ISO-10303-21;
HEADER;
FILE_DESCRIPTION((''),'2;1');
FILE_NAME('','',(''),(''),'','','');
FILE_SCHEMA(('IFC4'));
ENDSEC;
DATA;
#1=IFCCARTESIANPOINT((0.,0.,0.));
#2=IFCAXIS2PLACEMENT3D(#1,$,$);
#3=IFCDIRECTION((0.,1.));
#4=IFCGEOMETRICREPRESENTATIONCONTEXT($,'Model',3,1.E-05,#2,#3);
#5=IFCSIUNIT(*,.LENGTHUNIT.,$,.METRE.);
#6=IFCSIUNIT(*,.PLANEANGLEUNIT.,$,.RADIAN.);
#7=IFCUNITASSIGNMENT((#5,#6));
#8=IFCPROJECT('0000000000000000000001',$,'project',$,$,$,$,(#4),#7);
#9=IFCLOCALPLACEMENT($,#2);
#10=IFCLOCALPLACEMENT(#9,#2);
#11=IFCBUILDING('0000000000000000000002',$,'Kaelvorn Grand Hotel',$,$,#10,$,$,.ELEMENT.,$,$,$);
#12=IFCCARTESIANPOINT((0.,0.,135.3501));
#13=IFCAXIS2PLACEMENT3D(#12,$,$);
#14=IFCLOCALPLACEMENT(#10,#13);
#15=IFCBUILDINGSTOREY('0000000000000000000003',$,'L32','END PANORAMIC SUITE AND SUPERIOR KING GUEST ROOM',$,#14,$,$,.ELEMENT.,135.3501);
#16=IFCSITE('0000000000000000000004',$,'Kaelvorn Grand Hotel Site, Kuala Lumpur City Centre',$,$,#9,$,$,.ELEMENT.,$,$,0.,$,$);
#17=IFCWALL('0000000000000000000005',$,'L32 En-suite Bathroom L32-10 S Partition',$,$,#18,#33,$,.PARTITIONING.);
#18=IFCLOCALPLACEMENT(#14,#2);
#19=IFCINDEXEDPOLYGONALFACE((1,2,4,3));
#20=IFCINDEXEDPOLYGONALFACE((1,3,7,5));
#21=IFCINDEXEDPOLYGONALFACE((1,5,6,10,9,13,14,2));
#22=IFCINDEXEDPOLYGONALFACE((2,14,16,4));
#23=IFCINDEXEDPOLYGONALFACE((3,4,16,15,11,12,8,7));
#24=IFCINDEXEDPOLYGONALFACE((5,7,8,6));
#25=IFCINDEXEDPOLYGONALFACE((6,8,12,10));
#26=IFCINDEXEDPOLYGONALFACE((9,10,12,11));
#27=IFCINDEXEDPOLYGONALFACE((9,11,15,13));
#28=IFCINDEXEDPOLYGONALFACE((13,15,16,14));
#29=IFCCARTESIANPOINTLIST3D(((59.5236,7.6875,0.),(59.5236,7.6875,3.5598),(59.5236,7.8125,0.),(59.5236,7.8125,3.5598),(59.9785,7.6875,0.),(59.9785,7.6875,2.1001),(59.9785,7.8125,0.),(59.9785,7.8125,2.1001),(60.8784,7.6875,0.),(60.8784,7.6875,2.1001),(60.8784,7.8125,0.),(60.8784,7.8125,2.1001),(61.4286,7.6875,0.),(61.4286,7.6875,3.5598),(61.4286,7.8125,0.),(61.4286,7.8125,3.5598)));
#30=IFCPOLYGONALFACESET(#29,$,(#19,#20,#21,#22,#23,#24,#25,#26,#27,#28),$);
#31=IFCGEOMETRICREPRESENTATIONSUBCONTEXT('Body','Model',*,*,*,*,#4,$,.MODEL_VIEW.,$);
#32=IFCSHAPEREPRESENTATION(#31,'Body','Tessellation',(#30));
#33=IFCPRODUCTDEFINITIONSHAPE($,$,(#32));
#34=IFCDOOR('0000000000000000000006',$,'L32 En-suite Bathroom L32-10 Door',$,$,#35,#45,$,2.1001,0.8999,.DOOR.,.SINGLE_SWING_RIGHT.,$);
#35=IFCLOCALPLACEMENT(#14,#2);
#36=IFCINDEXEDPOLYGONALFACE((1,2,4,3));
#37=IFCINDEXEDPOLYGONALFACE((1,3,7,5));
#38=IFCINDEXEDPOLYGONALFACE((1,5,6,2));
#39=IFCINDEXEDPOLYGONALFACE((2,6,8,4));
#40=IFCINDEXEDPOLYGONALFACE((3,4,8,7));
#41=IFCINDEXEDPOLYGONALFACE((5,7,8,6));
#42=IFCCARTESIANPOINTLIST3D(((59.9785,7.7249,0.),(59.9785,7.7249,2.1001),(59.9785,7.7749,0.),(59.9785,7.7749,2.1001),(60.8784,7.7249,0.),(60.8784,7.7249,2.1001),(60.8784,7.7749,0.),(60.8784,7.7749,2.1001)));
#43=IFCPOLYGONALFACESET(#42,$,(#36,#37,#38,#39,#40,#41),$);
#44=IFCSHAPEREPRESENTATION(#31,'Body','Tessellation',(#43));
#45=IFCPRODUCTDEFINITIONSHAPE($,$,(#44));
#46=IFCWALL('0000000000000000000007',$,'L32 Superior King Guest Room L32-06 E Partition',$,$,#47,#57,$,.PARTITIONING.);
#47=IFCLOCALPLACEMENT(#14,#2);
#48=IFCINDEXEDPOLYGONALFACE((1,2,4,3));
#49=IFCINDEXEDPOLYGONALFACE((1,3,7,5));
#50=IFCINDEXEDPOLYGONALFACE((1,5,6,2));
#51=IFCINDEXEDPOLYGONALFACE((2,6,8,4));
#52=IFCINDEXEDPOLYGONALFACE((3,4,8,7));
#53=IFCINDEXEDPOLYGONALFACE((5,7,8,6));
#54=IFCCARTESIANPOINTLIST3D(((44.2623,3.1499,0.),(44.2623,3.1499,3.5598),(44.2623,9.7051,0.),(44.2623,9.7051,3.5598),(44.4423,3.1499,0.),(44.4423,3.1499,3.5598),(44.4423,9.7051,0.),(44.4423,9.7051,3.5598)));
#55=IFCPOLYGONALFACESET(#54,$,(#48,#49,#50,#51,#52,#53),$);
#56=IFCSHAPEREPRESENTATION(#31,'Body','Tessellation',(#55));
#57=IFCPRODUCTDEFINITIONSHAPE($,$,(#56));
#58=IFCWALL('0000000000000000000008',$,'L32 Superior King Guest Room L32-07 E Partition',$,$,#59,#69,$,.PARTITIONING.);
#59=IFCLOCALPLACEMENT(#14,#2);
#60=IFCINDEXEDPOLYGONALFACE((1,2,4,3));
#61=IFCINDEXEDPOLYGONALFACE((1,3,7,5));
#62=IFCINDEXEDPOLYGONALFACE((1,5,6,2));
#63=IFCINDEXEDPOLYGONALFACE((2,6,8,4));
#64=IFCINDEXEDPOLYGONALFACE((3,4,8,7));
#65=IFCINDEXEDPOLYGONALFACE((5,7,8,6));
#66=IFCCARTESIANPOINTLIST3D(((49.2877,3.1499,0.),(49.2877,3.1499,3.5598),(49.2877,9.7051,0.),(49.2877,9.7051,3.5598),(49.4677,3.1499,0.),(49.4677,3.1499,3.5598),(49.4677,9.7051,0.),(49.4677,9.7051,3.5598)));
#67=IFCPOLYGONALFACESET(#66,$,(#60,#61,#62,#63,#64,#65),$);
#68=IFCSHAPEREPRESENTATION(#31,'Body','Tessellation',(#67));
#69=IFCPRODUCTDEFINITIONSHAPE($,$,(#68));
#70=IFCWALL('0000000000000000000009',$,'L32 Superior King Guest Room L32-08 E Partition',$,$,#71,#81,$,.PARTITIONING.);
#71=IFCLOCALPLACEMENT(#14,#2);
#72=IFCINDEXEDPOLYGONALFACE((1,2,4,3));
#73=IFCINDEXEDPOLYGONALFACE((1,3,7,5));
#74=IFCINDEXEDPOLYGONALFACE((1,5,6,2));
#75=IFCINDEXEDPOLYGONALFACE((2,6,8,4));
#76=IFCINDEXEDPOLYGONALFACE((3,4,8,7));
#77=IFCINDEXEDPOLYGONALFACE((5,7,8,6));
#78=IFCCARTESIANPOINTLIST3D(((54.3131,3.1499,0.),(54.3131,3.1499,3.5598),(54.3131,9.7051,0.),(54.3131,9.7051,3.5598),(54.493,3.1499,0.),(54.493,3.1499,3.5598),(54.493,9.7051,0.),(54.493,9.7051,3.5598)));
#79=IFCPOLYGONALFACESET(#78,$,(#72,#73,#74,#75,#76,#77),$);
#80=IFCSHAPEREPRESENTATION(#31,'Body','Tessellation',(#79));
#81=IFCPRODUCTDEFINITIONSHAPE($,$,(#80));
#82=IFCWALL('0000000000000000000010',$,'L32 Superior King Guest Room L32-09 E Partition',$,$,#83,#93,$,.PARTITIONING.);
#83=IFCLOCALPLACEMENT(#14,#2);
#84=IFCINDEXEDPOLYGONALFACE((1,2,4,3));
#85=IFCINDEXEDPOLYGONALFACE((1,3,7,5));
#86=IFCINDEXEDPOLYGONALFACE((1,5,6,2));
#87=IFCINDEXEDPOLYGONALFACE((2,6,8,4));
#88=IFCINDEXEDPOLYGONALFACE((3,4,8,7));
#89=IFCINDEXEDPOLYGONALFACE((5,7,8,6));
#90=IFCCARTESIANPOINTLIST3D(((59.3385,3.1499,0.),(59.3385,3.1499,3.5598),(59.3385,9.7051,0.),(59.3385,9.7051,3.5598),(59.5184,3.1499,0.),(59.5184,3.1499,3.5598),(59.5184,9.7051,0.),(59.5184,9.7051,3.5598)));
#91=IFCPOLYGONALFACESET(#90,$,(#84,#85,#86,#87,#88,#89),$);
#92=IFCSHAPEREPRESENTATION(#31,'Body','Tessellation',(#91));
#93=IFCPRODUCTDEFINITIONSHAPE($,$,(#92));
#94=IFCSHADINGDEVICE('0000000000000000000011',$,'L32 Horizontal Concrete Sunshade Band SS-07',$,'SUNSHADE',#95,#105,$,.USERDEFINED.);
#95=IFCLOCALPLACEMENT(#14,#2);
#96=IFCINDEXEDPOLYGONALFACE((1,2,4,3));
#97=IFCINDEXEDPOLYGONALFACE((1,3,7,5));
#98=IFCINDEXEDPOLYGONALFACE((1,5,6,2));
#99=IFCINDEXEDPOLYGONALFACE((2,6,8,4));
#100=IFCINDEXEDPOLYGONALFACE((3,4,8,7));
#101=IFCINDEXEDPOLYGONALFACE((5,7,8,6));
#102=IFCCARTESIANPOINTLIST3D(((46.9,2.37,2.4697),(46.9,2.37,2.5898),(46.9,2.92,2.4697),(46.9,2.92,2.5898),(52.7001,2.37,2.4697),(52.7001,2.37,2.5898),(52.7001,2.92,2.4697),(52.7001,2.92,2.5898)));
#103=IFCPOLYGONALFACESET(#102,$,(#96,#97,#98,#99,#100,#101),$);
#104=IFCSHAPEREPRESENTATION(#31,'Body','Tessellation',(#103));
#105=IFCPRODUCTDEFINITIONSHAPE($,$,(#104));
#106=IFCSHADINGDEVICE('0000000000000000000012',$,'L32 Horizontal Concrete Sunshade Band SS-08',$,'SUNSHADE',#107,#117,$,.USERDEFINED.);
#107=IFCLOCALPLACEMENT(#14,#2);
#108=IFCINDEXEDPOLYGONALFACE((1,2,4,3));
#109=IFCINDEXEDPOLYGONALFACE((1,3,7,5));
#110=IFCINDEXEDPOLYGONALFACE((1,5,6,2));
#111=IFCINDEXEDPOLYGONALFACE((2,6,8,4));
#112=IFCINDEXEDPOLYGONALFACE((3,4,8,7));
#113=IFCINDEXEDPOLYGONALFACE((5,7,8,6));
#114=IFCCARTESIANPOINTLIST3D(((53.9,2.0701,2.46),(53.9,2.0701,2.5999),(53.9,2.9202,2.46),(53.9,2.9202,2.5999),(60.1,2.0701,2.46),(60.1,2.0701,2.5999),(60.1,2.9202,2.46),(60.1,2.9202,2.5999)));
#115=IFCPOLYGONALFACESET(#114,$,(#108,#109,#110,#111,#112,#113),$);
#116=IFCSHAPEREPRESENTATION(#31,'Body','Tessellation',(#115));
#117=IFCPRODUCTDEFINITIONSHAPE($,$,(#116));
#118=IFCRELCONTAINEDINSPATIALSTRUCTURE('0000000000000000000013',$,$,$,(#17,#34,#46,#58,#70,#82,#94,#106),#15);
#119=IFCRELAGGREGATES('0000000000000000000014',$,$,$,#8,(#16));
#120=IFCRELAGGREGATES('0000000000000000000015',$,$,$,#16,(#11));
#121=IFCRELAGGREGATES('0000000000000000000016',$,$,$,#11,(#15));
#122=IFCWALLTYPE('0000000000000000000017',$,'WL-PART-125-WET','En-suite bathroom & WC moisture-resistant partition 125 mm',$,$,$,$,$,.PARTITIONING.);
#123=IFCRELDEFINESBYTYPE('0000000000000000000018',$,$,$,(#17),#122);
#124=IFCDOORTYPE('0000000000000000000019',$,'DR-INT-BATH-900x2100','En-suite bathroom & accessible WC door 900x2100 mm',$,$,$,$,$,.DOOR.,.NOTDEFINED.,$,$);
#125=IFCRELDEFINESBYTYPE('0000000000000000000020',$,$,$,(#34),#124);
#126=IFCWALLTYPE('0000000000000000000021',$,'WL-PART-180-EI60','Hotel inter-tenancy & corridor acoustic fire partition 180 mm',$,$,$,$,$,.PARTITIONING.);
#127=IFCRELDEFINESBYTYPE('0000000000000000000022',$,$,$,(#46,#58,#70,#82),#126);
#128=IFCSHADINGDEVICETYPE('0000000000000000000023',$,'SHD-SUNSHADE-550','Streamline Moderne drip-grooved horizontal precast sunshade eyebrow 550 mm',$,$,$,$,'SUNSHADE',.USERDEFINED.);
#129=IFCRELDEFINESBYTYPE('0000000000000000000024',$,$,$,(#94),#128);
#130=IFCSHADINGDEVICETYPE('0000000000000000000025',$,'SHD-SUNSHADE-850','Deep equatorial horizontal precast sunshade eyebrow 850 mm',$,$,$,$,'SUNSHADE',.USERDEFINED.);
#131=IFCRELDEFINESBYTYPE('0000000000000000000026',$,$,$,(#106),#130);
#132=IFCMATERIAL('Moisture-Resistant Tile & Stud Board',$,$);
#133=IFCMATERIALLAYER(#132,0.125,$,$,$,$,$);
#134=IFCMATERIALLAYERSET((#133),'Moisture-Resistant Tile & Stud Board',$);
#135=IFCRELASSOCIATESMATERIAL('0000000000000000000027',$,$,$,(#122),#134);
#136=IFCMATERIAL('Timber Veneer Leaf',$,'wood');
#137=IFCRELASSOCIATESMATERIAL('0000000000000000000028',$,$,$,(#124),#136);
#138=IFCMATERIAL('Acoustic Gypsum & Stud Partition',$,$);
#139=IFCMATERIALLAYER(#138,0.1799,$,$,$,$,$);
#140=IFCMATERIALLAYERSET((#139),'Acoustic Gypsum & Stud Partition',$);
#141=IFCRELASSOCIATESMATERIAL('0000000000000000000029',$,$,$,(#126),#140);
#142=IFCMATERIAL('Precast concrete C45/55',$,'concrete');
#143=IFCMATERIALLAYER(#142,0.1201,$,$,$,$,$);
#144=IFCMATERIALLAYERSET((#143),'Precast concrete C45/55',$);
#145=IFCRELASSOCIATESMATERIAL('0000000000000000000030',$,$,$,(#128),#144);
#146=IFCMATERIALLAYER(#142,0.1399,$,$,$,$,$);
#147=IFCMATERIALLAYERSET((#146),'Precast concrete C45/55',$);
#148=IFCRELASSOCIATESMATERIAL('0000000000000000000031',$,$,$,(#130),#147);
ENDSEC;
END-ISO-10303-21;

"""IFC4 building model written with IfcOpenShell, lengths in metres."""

from ifc_helpers import new_model, si_unit, direction, frame, frame_2d, origin, origin_2d, place, context, subcontext, project, spatial, rectangle, extrude, material, layer, layer_set, type_object, element, fill, save


model = new_model("IFC4")

# Units and contexts
model_context = context("Model", 3, precision=1e-05, world=origin(), true_north=direction((0.0, 1.0)))
body_context = subcontext(model_context, "Body", "Model", "MODEL_VIEW")
ifc_project = project(units=[si_unit("LENGTHUNIT", "METRE"), si_unit("PLANEANGLEUNIT", "RADIAN")], contexts=[model_context])

# Site, building, storey
site_placement = place(None, origin())
site = spatial("IfcSite", under=ifc_project, at=site_placement, Name="Kaelvorn Grand Hotel Site, Kuala Lumpur City Centre", CompositionType="ELEMENT", RefElevation=0.0)
building_placement = place(site_placement, origin())
building = spatial("IfcBuilding", under=site, at=building_placement, Name="Kaelvorn Grand Hotel", CompositionType="ELEMENT")
storey_placement = place(building_placement, frame((0.0, 0.0, 135.3501)))
storey = spatial("IfcBuildingStorey", under=building, at=storey_placement, Name="L32", Description="END PANORAMIC SUITE AND SUPERIOR KING GUEST ROOM", CompositionType="ELEMENT", Elevation=135.3501)

# Shared definitions
ifc_material_1 = material(Name="Moisture-Resistant Tile & Stud Board")
ifc_layer_1 = layer(ifc_material_1, 0.125)
ifc_layer_set_1 = layer_set([ifc_layer_1], Name="Moisture-Resistant Tile & Stud Board")
wall_type_1 = type_object("IfcWallType", Name="WL-PART-125-WET", Description="En-suite bathroom & WC moisture-resistant partition 125 mm", PredefinedType="PARTITIONING", material=ifc_layer_set_1)
ifc_material_2 = material(Name="Timber Veneer Leaf", Category="wood")
door_type = type_object("IfcDoorType", Name="DR-INT-BATH-900x2100", Description="En-suite bathroom & accessible WC door 900x2100 mm", OperationType="NOTDEFINED", PredefinedType="DOOR", material=ifc_material_2)

# Wall, opening, door
wall_1_placement = place(storey_placement, frame((59.5234, 7.75, 0.0), z_axis=(0.0, 0.0, 1.0), x_axis=(1.0, 0.0, 0.0)))
wall_1 = element("IfcWall", 1, at=wall_1_placement, inside=storey, type_object=wall_type_1, Name="L32 En-suite Bathroom L32-10 S Partition", PredefinedType="PARTITIONING", context=body_context, shape_type="SweptSolid", body=[
    extrude(rectangle(XDim=1.905, YDim=0.125, at=frame_2d((0.9526, 0.0))), origin(), (0.0, 0.0, 1.0), 3.5598),
])
opening_1_placement = place(wall_1_placement, frame((0.4551, 0.0, 0.0)))
opening_1 = element("IfcOpeningElement", 2, at=opening_1_placement, cuts=wall_1, PredefinedType="OPENING", context=body_context, shape_type="SweptSolid", body=[
    extrude(rectangle(XDim=0.8999, YDim=2.1001, at=frame_2d((0.45, 1.05))), frame((0.0, 0.0725, 0.0), z_axis=(0.0, -1.0, 0.0), x_axis=(1.0, 0.0, 0.0)), (0.0, 0.0, 1.0), 0.145),
])
door_1_placement = place(opening_1_placement, origin())
door_1 = element("IfcDoor", 3, at=door_1_placement, inside=storey, type_object=door_type, Name="L32 En-suite Bathroom L32-10 Door", OperationType="SINGLE_SWING_RIGHT", OverallHeight=2.1001, OverallWidth=0.8999, PredefinedType="DOOR", context=body_context, shape_type="SweptSolid", body=[
    extrude(rectangle(XDim=0.8999, YDim=2.1001, at=frame_2d((0.45, 1.05))), frame((0.0, 0.0249, 0.0), z_axis=(0.0, -1.0, 0.0), x_axis=(1.0, 0.0, 0.0)), (0.0, 0.0, 1.0), 0.05),
])
fill(opening_1, door_1)

# Walls
ifc_material_3 = material(Name="Acoustic Gypsum & Stud Partition")
ifc_layer_2 = layer(ifc_material_3, 0.1799)
ifc_layer_set_2 = layer_set([ifc_layer_2], Name="Acoustic Gypsum & Stud Partition")
wall_type_2 = type_object("IfcWallType", Name="WL-PART-180-EI60", Description="Hotel inter-tenancy & corridor acoustic fire partition 180 mm", PredefinedType="PARTITIONING", material=ifc_layer_set_2)
for number, where, z_axis, x_axis, name in (
    (4, (44.3523, 3.1499, 0.0), (0.0, 0.0, 1.0), (0.0, 1.0, 0.0), "L32 Superior King Guest Room L32-06 E Partition"),
    (5, (49.3777, 3.1499, 0.0), (0.0, 0.0, 1.0), (0.0, 1.0, 0.0), "L32 Superior King Guest Room L32-07 E Partition"),
    (6, (54.4031, 3.1499, 0.0), (0.0, 0.0, 1.0), (0.0, 1.0, 0.0), "L32 Superior King Guest Room L32-08 E Partition"),
    (7, (59.4285, 3.1499, 0.0), (0.0, 0.0, 1.0), (0.0, 1.0, 0.0), "L32 Superior King Guest Room L32-09 E Partition"),
):
    element("IfcWall", number, at=place(storey_placement, frame(where, z_axis=z_axis, x_axis=x_axis)), inside=storey, type_object=wall_type_2, Name=name, PredefinedType="PARTITIONING", context=body_context, shape_type="SweptSolid", body=[
        extrude(rectangle(XDim=6.5552, YDim=0.1799, at=frame_2d((3.2776, 0.0))), origin(), (0.0, 0.0, 1.0), 3.5598),
    ])

# Shading devices
ifc_material_4 = material(Name="Precast concrete C45/55", Category="concrete")
ifc_layer_3 = layer(ifc_material_4, 0.1201)
ifc_layer_set_3 = layer_set([ifc_layer_3], Name="Precast concrete C45/55")
shading_device_type_1 = type_object("IfcShadingDeviceType", Name="SHD-SUNSHADE-550", Description="Streamline Moderne drip-grooved horizontal precast sunshade eyebrow 550 mm", ElementType="SUNSHADE", PredefinedType="USERDEFINED", material=ifc_layer_set_3)
shading_device_1_placement = place(storey_placement, frame((49.8, 2.645, 2.4697), z_axis=(0.0, 0.0, 1.0), x_axis=(1.0, 0.0, 0.0)))
element("IfcShadingDevice", 8, at=shading_device_1_placement, inside=storey, type_object=shading_device_type_1, Name="L32 Horizontal Concrete Sunshade Band SS-07", ObjectType="SUNSHADE", PredefinedType="USERDEFINED", context=body_context, shape_type="SweptSolid", body=[
    extrude(rectangle(XDim=5.8, YDim=0.55, at=origin_2d()), origin(), (0.0, 0.0, 1.0), 0.1201),
])
ifc_layer_4 = layer(ifc_material_4, 0.1399)
ifc_layer_set_4 = layer_set([ifc_layer_4], Name="Precast concrete C45/55")
shading_device_type_2 = type_object("IfcShadingDeviceType", Name="SHD-SUNSHADE-850", Description="Deep equatorial horizontal precast sunshade eyebrow 850 mm", ElementType="SUNSHADE", PredefinedType="USERDEFINED", material=ifc_layer_set_4)
shading_device_2_placement = place(storey_placement, frame((57.0, 2.4951, 2.46), z_axis=(0.0, 0.0, 1.0), x_axis=(1.0, 0.0, 0.0)))
element("IfcShadingDevice", 9, at=shading_device_2_placement, inside=storey, type_object=shading_device_type_2, Name="L32 Horizontal Concrete Sunshade Band SS-08", ObjectType="SUNSHADE", PredefinedType="USERDEFINED", context=body_context, shape_type="SweptSolid", body=[
    extrude(rectangle(XDim=6.2, YDim=0.8501, at=origin_2d()), origin(), (0.0, 0.0, 1.0), 0.1399),
])

save(model, "model.ifc")
